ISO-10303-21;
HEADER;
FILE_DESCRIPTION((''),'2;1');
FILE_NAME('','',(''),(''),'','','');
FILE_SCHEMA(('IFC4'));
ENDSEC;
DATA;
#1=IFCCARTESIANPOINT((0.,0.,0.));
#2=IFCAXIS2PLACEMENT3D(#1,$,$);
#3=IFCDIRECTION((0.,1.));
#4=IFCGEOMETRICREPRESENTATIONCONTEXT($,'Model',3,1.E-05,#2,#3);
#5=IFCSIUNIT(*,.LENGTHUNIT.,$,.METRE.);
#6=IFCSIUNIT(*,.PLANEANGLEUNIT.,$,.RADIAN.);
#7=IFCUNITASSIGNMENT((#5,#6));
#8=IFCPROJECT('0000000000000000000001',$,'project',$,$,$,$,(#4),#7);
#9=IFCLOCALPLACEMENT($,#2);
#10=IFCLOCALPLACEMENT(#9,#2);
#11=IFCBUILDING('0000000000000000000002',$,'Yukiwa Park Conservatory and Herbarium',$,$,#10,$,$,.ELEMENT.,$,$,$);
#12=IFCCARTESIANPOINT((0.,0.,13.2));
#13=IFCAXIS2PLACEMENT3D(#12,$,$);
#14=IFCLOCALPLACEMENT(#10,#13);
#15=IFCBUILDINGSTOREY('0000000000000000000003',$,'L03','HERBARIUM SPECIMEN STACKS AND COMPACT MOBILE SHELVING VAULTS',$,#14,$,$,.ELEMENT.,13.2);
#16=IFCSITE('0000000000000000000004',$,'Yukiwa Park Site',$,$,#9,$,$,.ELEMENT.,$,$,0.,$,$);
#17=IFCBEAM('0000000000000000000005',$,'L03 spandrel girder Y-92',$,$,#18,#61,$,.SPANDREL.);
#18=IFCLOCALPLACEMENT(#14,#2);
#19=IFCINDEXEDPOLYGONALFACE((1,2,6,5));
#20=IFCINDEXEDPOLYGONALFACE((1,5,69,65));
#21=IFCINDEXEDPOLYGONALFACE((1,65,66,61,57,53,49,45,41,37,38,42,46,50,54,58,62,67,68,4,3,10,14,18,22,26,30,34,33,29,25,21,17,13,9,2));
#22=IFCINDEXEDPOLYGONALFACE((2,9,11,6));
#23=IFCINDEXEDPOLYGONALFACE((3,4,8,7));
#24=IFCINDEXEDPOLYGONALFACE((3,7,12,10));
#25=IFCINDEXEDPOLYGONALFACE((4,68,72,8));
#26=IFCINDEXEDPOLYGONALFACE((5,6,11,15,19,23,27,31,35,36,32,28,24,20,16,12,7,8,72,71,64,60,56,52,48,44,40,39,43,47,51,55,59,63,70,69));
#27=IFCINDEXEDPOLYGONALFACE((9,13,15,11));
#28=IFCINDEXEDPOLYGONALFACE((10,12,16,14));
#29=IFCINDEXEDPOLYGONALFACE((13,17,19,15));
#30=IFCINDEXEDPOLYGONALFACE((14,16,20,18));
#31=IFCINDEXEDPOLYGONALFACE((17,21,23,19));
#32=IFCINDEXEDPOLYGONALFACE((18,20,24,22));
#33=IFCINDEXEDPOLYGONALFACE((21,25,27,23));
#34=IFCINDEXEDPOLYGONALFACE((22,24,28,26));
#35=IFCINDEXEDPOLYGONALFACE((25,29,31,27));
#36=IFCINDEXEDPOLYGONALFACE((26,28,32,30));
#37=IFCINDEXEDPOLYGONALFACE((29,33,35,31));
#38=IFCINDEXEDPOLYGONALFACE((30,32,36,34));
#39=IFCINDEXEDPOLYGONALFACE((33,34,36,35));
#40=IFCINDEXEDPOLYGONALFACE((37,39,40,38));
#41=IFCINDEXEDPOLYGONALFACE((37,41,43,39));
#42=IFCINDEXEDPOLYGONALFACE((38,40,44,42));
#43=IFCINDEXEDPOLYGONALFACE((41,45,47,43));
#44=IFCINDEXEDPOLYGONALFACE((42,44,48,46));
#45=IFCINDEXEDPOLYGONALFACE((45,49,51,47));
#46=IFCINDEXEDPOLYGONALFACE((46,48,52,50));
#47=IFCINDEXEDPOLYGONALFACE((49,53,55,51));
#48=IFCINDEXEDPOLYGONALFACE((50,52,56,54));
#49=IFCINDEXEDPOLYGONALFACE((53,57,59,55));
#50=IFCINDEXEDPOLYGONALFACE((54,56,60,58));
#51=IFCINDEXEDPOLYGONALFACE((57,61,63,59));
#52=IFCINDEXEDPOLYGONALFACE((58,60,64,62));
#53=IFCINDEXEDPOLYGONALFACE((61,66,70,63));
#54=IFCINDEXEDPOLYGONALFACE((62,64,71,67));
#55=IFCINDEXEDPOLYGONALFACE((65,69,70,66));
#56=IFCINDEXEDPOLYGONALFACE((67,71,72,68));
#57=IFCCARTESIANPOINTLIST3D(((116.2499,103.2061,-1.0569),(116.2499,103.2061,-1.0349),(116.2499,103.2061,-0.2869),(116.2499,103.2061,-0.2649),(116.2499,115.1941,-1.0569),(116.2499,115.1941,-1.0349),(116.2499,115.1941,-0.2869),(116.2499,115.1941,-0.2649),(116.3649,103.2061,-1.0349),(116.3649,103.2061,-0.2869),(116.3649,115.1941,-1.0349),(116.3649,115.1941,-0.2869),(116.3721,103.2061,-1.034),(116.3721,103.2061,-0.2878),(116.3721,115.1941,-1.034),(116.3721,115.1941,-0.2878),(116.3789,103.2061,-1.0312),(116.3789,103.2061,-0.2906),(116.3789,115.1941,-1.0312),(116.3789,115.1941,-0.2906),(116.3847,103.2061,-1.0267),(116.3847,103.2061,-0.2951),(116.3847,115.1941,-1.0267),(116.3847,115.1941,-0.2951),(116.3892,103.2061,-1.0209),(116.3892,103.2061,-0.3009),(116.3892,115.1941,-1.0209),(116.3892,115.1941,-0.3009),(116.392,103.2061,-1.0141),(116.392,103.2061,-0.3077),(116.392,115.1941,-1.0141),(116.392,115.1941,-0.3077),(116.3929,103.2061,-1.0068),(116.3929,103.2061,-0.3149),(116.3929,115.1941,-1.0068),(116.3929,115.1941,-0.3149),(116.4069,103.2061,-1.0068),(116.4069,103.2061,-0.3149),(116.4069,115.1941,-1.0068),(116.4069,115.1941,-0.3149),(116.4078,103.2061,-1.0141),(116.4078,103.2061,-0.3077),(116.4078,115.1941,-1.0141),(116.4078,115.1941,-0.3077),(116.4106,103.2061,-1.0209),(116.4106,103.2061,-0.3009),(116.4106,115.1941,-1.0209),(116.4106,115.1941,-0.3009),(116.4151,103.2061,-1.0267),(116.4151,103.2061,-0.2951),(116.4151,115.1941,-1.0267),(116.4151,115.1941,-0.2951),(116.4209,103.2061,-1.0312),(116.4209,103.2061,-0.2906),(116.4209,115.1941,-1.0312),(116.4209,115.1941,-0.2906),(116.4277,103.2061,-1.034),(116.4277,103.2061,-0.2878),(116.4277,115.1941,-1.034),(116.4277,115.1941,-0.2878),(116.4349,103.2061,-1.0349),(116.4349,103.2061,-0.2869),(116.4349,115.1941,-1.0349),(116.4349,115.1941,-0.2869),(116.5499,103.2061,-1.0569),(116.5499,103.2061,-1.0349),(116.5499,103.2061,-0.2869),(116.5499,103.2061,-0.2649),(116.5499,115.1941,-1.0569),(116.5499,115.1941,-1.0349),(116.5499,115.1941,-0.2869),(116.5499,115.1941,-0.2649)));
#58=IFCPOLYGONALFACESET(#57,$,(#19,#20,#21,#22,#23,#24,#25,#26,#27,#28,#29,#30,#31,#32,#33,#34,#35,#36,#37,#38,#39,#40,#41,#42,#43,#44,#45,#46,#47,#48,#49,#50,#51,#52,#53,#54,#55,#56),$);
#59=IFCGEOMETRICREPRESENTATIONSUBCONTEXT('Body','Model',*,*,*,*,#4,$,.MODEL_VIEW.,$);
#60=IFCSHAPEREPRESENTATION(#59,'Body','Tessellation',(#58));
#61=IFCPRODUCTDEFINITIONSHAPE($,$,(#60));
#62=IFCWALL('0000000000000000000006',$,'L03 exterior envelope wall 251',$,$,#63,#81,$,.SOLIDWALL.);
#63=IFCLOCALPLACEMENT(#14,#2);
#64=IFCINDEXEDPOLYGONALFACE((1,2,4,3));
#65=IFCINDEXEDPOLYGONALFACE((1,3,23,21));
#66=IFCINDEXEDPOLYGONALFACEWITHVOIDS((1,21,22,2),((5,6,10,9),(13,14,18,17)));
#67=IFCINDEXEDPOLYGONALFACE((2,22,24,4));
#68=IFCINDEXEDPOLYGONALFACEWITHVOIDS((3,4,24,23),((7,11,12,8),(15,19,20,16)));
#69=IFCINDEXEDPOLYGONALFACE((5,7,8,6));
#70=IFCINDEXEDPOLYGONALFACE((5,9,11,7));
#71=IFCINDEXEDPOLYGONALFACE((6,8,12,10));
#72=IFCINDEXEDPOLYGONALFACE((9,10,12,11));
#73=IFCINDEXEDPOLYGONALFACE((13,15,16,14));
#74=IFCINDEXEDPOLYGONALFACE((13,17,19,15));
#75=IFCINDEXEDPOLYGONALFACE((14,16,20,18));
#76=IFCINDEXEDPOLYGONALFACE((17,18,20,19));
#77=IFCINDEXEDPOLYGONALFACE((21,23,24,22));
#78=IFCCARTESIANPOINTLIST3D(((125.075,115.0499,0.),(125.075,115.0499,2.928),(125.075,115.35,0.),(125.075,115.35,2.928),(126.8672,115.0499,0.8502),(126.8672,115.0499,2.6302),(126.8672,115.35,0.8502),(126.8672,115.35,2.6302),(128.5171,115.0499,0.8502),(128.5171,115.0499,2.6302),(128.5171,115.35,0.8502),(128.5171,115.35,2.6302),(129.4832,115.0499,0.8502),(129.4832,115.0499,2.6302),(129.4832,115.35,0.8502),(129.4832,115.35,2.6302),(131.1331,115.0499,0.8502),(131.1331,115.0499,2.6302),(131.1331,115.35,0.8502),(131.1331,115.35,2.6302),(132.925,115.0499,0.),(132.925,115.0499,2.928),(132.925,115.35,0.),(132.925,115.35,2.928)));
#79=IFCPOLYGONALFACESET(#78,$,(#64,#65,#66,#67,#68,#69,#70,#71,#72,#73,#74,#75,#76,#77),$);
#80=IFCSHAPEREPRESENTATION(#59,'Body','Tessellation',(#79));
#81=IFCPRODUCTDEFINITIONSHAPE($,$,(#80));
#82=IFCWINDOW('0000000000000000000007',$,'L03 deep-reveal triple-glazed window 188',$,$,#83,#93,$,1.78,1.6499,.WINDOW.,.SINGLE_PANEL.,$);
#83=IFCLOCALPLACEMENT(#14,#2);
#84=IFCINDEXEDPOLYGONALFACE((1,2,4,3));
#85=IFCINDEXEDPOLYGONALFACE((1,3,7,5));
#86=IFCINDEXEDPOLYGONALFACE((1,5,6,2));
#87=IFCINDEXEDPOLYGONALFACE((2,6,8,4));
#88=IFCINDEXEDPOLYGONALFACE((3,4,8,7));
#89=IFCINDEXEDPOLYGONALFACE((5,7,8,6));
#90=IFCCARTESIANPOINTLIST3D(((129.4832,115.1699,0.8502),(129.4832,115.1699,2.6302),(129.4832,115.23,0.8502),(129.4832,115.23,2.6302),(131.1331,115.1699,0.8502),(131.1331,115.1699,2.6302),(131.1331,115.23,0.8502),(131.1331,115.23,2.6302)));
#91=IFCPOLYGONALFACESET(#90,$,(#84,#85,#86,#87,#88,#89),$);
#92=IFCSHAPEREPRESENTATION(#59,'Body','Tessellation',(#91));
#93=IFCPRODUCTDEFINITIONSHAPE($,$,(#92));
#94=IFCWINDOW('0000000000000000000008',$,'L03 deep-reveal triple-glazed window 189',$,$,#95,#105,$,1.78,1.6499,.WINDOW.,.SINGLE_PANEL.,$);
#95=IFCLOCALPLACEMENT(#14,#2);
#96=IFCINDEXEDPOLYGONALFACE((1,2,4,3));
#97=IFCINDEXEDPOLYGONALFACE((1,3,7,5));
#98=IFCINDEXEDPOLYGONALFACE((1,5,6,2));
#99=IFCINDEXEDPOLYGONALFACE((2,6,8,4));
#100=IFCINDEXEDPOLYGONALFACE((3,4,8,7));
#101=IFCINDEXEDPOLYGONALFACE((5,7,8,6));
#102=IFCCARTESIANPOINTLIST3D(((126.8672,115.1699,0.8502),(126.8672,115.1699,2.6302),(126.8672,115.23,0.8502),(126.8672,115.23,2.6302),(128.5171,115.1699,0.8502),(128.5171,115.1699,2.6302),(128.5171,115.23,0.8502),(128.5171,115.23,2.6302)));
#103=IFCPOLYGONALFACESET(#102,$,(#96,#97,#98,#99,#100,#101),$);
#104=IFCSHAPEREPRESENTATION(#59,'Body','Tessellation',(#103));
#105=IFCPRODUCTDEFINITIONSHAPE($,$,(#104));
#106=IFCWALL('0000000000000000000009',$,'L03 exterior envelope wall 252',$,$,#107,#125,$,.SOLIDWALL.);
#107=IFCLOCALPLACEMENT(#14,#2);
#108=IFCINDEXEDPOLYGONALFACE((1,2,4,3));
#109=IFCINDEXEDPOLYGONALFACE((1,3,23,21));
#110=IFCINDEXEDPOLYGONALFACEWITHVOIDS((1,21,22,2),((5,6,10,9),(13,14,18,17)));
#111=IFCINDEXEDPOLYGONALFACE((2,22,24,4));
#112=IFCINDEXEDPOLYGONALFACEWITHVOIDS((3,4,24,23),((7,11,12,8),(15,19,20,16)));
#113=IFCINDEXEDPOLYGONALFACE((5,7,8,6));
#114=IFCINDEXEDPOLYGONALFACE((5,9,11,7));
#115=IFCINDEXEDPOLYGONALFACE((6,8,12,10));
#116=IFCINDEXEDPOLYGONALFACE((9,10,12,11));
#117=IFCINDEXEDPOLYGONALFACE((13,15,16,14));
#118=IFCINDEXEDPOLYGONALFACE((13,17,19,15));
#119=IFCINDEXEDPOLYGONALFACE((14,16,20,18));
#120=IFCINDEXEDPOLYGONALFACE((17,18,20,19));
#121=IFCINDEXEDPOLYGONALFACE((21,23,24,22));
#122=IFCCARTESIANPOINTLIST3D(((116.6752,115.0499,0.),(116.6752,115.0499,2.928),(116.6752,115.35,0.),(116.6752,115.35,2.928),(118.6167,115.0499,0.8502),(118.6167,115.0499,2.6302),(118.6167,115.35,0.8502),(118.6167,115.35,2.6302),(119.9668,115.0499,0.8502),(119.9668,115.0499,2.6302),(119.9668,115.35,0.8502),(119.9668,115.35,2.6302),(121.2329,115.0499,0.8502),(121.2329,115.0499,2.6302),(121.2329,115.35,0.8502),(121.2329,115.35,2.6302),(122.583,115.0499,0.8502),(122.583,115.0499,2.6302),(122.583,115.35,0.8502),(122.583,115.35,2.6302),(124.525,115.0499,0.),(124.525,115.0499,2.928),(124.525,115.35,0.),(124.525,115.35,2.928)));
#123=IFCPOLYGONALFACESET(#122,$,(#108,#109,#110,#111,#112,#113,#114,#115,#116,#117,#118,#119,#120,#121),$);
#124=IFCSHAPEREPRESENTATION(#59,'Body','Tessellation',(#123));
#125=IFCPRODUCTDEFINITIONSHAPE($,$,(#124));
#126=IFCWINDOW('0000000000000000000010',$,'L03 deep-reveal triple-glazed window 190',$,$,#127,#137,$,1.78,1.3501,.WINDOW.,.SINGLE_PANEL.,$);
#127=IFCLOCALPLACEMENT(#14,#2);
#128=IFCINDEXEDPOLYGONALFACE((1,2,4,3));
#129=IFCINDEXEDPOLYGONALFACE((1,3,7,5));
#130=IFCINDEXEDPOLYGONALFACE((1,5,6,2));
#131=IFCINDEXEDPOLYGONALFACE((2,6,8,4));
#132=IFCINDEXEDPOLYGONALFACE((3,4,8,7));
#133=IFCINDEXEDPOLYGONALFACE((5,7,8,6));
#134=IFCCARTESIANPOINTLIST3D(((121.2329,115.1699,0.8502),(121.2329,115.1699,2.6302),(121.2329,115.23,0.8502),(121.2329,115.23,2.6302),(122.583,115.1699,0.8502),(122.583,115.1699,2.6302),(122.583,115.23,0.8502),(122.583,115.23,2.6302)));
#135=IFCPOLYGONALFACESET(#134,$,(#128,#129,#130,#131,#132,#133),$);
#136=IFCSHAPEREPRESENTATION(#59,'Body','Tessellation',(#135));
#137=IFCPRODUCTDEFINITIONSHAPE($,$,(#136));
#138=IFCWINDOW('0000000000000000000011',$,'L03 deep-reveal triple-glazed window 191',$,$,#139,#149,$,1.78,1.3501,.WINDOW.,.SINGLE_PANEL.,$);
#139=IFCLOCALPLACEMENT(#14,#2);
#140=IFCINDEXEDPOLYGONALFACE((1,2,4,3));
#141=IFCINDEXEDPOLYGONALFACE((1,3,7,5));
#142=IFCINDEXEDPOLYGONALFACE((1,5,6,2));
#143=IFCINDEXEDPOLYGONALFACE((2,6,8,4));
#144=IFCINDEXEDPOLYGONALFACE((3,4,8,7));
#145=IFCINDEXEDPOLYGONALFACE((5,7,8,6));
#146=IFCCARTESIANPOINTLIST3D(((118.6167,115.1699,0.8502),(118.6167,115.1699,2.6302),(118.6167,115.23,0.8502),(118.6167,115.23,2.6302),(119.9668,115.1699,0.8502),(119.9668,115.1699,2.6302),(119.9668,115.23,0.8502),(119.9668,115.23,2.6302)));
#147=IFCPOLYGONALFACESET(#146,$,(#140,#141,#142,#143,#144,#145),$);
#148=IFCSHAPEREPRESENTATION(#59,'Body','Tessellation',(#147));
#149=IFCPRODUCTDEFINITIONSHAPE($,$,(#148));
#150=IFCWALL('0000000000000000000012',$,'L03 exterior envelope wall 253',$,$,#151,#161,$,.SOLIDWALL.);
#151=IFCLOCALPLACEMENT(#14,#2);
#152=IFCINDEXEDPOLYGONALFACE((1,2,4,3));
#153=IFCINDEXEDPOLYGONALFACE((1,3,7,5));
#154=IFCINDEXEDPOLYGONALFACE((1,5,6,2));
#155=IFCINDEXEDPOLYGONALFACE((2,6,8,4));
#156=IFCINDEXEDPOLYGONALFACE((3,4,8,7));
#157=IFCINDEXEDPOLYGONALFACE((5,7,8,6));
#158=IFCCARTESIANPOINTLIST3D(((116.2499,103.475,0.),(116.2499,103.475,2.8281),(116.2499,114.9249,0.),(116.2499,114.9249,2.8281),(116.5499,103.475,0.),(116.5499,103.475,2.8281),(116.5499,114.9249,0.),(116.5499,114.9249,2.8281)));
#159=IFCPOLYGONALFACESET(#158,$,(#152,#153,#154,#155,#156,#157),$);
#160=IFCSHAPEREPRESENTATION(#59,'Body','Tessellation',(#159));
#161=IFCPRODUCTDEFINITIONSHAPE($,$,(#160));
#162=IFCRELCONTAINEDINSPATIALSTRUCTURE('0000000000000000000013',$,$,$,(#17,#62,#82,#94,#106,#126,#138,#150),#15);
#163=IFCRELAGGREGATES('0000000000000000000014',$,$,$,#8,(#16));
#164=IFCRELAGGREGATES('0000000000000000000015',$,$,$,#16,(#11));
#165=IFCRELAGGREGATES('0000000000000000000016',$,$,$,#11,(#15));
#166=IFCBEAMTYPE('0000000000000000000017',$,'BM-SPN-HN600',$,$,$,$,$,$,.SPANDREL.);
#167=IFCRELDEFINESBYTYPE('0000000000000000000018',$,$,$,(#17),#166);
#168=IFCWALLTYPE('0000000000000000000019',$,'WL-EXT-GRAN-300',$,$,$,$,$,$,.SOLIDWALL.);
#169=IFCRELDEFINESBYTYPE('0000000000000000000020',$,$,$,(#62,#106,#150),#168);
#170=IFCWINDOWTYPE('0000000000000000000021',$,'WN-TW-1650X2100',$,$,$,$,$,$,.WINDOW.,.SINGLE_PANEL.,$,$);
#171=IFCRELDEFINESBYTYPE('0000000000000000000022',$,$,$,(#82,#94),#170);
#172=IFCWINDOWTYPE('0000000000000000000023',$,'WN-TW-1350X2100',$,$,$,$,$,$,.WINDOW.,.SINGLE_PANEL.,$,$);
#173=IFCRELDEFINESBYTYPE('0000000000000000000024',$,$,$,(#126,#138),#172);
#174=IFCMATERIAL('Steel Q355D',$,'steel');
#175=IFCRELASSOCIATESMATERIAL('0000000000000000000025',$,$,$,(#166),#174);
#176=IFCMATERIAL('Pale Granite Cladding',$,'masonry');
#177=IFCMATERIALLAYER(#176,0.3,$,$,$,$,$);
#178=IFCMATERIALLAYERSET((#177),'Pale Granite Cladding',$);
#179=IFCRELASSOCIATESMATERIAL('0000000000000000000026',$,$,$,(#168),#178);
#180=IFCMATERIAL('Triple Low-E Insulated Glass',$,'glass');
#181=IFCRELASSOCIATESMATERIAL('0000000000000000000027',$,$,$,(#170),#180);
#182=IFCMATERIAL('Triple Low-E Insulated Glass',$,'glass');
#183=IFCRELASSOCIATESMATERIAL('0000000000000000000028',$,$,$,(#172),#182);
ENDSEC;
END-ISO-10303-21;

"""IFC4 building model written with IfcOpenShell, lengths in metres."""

from ifc_helpers import new_model, si_unit, direction, frame, frame_2d, origin, origin_2d, place, context, subcontext, project, spatial, rectangle, i_section, extrude, material, layer, layer_set, material_profile, profile_set, type_object, element, fill, save


model = new_model("IFC4")

# Units and contexts
model_context = context("Model", 3, precision=1e-05, world=origin(), true_north=direction((0.0, 1.0)))
body_context = subcontext(model_context, "Body", "Model", "MODEL_VIEW")
ifc_project = project(units=[si_unit("LENGTHUNIT", "METRE"), si_unit("PLANEANGLEUNIT", "RADIAN")], contexts=[model_context])

# Site, building, storey
site_placement = place(None, origin())
site = spatial("IfcSite", under=ifc_project, at=site_placement, Name="Yukiwa Park Site", CompositionType="ELEMENT", RefElevation=0.0)
building_placement = place(site_placement, origin())
building = spatial("IfcBuilding", under=site, at=building_placement, Name="Yukiwa Park Conservatory and Herbarium", CompositionType="ELEMENT")
storey_placement = place(building_placement, frame((0.0, 0.0, 13.2)))
storey = spatial("IfcBuildingStorey", under=building, at=storey_placement, Name="L03", Description="HERBARIUM SPECIMEN STACKS AND COMPACT MOBILE SHELVING VAULTS", CompositionType="ELEMENT", Elevation=13.2)

# Beam
ifc_material_1 = material(Name="Steel Q355D", Category="steel")
ifc_material_profile_1 = material_profile(ifc_material_1, i_section(OverallWidth=0.3, OverallDepth=0.792, WebThickness=0.0139, FlangeThickness=0.022, FilletRadius=0.0281, at=origin_2d()), Name="HN 792x300x14x22")
ifc_profile_set_1 = profile_set([ifc_material_profile_1], Name="Steel Q355D")
beam_type_1 = type_object("IfcBeamType", Name="BM-SPN-HN600", PredefinedType="SPANDREL", material=ifc_profile_set_1)
beam_1_placement = place(storey_placement, frame((116.3999, 103.2061, -0.6609), z_axis=(0.0, 1.0, 0.0), x_axis=(-1.0, 0.0, 0.0)))
element("IfcBeam", 1, at=beam_1_placement, inside=storey, type_object=beam_type_1, Name="L03 spandrel girder Y-92", PredefinedType="SPANDREL", context=body_context, shape_type="SweptSolid", body=[
    extrude(i_section(OverallWidth=0.3, OverallDepth=0.792, WebThickness=0.0139, FlangeThickness=0.022, FilletRadius=0.0281, at=origin_2d()), origin(), (0.0, 0.0, 1.0), 11.988),
])

# Walls, openings, windows
ifc_material_2 = material(Name="Pale Granite Cladding", Category="masonry")
ifc_layer_1 = layer(ifc_material_2, 0.3)
ifc_layer_set_1 = layer_set([ifc_layer_1], Name="Pale Granite Cladding")
wall_type_1 = type_object("IfcWallType", Name="WL-EXT-GRAN-300", PredefinedType="SOLIDWALL", material=ifc_layer_set_1)
wall_1_placement = place(storey_placement, frame((132.925, 115.2, 0.0), z_axis=(0.0, 0.0, 1.0), x_axis=(-1.0, 0.0, 0.0)))
wall_1 = element("IfcWall", 2, at=wall_1_placement, inside=storey, type_object=wall_type_1, Name="L03 exterior envelope wall 251", PredefinedType="SOLIDWALL", context=body_context, shape_type="SweptSolid", body=[
    extrude(rectangle(XDim=7.8501, YDim=0.3, at=frame_2d((3.925, 0.0))), origin(), (0.0, 0.0, 1.0), 2.928),
])
opening_1_placement = place(wall_1_placement, frame((1.792, 0.0, 0.8501)))
opening_1 = element("IfcOpeningElement", 3, at=opening_1_placement, cuts=wall_1, PredefinedType="OPENING", context=body_context, shape_type="SweptSolid", body=[
    extrude(rectangle(XDim=1.6499, YDim=1.78, at=frame_2d((0.825, 0.8901))), frame((0.0, 0.1602, 0.0), z_axis=(0.0, -1.0, 0.0), x_axis=(1.0, 0.0, 0.0)), (0.0, 0.0, 1.0), 0.3201),
])
opening_2_placement = place(wall_1_placement, frame((4.408, 0.0, 0.8501)))
opening_2 = element("IfcOpeningElement", 4, at=opening_2_placement, cuts=wall_1, PredefinedType="OPENING", context=body_context, shape_type="SweptSolid", body=[
    extrude(rectangle(XDim=1.6499, YDim=1.78, at=frame_2d((0.825, 0.8901))), frame((0.0, 0.1602, 0.0), z_axis=(0.0, -1.0, 0.0), x_axis=(1.0, 0.0, 0.0)), (0.0, 0.0, 1.0), 0.3201),
])
ifc_material_3 = material(Name="Triple Low-E Insulated Glass", Category="glass")
window_type_1 = type_object("IfcWindowType", Name="WN-TW-1650X2100", PartitioningType="SINGLE_PANEL", PredefinedType="WINDOW", material=ifc_material_3)
window_1_placement = place(opening_1_placement, origin())
window_1 = element("IfcWindow", 5, at=window_1_placement, inside=storey, type_object=window_type_1, Name="L03 deep-reveal triple-glazed window 188", OverallHeight=1.78, OverallWidth=1.6499, PartitioningType="SINGLE_PANEL", PredefinedType="WINDOW", context=body_context, shape_type="SweptSolid", body=[
    extrude(rectangle(XDim=1.6499, YDim=1.78, at=frame_2d((0.825, 0.8901))), frame((0.0, 0.03, 0.0), z_axis=(0.0, -1.0, 0.0), x_axis=(1.0, 0.0, 0.0)), (0.0, 0.0, 1.0), 0.0601),
])
fill(opening_1, window_1)
window_2_placement = place(opening_2_placement, origin())
window_2 = element("IfcWindow", 6, at=window_2_placement, inside=storey, type_object=window_type_1, Name="L03 deep-reveal triple-glazed window 189", OverallHeight=1.78, OverallWidth=1.6499, PartitioningType="SINGLE_PANEL", PredefinedType="WINDOW", context=body_context, shape_type="SweptSolid", body=[
    extrude(rectangle(XDim=1.6499, YDim=1.78, at=frame_2d((0.825, 0.8901))), frame((0.0, 0.03, 0.0), z_axis=(0.0, -1.0, 0.0), x_axis=(1.0, 0.0, 0.0)), (0.0, 0.0, 1.0), 0.0601),
])
fill(opening_2, window_2)
wall_2_placement = place(storey_placement, frame((124.5249, 115.2, 0.0), z_axis=(0.0, 0.0, 1.0), x_axis=(-1.0, 0.0, 0.0)))
wall_2 = element("IfcWall", 7, at=wall_2_placement, inside=storey, type_object=wall_type_1, Name="L03 exterior envelope wall 252", PredefinedType="SOLIDWALL", context=body_context, shape_type="SweptSolid", body=[
    extrude(rectangle(XDim=7.8499, YDim=0.3, at=frame_2d((3.9248, 0.0))), origin(), (0.0, 0.0, 1.0), 2.928),
])
opening_3_placement = place(wall_2_placement, frame((1.9419, 0.0, 0.8501)))
opening_3 = element("IfcOpeningElement", 8, at=opening_3_placement, cuts=wall_2, PredefinedType="OPENING", context=body_context, shape_type="SweptSolid", body=[
    extrude(rectangle(XDim=1.3501, YDim=1.78, at=frame_2d((0.675, 0.8901))), frame((0.0, 0.1602, 0.0), z_axis=(0.0, -1.0, 0.0), x_axis=(1.0, 0.0, 0.0)), (0.0, 0.0, 1.0), 0.3201),
])
opening_4_placement = place(wall_2_placement, frame((4.5581, 0.0, 0.8501)))
opening_4 = element("IfcOpeningElement", 9, at=opening_4_placement, cuts=wall_2, PredefinedType="OPENING", context=body_context, shape_type="SweptSolid", body=[
    extrude(rectangle(XDim=1.3501, YDim=1.78, at=frame_2d((0.675, 0.8901))), frame((0.0, 0.1602, 0.0), z_axis=(0.0, -1.0, 0.0), x_axis=(1.0, 0.0, 0.0)), (0.0, 0.0, 1.0), 0.3201),
])
ifc_material_4 = material(Name="Triple Low-E Insulated Glass", Category="glass")
window_type_2 = type_object("IfcWindowType", Name="WN-TW-1350X2100", PartitioningType="SINGLE_PANEL", PredefinedType="WINDOW", material=ifc_material_4)
window_3_placement = place(opening_3_placement, origin())
window_3 = element("IfcWindow", 10, at=window_3_placement, inside=storey, type_object=window_type_2, Name="L03 deep-reveal triple-glazed window 190", OverallHeight=1.78, OverallWidth=1.3501, PartitioningType="SINGLE_PANEL", PredefinedType="WINDOW", context=body_context, shape_type="SweptSolid", body=[
    extrude(rectangle(XDim=1.3501, YDim=1.78, at=frame_2d((0.675, 0.8901))), frame((0.0, 0.03, 0.0), z_axis=(0.0, -1.0, 0.0), x_axis=(1.0, 0.0, 0.0)), (0.0, 0.0, 1.0), 0.0601),
])
fill(opening_3, window_3)
window_4_placement = place(opening_4_placement, origin())
window_4 = element("IfcWindow", 11, at=window_4_placement, inside=storey, type_object=window_type_2, Name="L03 deep-reveal triple-glazed window 191", OverallHeight=1.78, OverallWidth=1.3501, PartitioningType="SINGLE_PANEL", PredefinedType="WINDOW", context=body_context, shape_type="SweptSolid", body=[
    extrude(rectangle(XDim=1.3501, YDim=1.78, at=frame_2d((0.675, 0.8901))), frame((0.0, 0.03, 0.0), z_axis=(0.0, -1.0, 0.0), x_axis=(1.0, 0.0, 0.0)), (0.0, 0.0, 1.0), 0.0601),
])
fill(opening_4, window_4)

# Wall
wall_3_placement = place(storey_placement, frame((116.3999, 114.925, 0.0), z_axis=(0.0, 0.0, 1.0), x_axis=(0.0, -1.0, 0.0)))
element("IfcWall", 12, at=wall_3_placement, inside=storey, type_object=wall_type_1, Name="L03 exterior envelope wall 253", PredefinedType="SOLIDWALL", context=body_context, shape_type="SweptSolid", body=[
    extrude(rectangle(XDim=11.45, YDim=0.3, at=frame_2d((5.7251, 0.0))), origin(), (0.0, 0.0, 1.0), 2.8281),
])

save(model, "model.ifc")
